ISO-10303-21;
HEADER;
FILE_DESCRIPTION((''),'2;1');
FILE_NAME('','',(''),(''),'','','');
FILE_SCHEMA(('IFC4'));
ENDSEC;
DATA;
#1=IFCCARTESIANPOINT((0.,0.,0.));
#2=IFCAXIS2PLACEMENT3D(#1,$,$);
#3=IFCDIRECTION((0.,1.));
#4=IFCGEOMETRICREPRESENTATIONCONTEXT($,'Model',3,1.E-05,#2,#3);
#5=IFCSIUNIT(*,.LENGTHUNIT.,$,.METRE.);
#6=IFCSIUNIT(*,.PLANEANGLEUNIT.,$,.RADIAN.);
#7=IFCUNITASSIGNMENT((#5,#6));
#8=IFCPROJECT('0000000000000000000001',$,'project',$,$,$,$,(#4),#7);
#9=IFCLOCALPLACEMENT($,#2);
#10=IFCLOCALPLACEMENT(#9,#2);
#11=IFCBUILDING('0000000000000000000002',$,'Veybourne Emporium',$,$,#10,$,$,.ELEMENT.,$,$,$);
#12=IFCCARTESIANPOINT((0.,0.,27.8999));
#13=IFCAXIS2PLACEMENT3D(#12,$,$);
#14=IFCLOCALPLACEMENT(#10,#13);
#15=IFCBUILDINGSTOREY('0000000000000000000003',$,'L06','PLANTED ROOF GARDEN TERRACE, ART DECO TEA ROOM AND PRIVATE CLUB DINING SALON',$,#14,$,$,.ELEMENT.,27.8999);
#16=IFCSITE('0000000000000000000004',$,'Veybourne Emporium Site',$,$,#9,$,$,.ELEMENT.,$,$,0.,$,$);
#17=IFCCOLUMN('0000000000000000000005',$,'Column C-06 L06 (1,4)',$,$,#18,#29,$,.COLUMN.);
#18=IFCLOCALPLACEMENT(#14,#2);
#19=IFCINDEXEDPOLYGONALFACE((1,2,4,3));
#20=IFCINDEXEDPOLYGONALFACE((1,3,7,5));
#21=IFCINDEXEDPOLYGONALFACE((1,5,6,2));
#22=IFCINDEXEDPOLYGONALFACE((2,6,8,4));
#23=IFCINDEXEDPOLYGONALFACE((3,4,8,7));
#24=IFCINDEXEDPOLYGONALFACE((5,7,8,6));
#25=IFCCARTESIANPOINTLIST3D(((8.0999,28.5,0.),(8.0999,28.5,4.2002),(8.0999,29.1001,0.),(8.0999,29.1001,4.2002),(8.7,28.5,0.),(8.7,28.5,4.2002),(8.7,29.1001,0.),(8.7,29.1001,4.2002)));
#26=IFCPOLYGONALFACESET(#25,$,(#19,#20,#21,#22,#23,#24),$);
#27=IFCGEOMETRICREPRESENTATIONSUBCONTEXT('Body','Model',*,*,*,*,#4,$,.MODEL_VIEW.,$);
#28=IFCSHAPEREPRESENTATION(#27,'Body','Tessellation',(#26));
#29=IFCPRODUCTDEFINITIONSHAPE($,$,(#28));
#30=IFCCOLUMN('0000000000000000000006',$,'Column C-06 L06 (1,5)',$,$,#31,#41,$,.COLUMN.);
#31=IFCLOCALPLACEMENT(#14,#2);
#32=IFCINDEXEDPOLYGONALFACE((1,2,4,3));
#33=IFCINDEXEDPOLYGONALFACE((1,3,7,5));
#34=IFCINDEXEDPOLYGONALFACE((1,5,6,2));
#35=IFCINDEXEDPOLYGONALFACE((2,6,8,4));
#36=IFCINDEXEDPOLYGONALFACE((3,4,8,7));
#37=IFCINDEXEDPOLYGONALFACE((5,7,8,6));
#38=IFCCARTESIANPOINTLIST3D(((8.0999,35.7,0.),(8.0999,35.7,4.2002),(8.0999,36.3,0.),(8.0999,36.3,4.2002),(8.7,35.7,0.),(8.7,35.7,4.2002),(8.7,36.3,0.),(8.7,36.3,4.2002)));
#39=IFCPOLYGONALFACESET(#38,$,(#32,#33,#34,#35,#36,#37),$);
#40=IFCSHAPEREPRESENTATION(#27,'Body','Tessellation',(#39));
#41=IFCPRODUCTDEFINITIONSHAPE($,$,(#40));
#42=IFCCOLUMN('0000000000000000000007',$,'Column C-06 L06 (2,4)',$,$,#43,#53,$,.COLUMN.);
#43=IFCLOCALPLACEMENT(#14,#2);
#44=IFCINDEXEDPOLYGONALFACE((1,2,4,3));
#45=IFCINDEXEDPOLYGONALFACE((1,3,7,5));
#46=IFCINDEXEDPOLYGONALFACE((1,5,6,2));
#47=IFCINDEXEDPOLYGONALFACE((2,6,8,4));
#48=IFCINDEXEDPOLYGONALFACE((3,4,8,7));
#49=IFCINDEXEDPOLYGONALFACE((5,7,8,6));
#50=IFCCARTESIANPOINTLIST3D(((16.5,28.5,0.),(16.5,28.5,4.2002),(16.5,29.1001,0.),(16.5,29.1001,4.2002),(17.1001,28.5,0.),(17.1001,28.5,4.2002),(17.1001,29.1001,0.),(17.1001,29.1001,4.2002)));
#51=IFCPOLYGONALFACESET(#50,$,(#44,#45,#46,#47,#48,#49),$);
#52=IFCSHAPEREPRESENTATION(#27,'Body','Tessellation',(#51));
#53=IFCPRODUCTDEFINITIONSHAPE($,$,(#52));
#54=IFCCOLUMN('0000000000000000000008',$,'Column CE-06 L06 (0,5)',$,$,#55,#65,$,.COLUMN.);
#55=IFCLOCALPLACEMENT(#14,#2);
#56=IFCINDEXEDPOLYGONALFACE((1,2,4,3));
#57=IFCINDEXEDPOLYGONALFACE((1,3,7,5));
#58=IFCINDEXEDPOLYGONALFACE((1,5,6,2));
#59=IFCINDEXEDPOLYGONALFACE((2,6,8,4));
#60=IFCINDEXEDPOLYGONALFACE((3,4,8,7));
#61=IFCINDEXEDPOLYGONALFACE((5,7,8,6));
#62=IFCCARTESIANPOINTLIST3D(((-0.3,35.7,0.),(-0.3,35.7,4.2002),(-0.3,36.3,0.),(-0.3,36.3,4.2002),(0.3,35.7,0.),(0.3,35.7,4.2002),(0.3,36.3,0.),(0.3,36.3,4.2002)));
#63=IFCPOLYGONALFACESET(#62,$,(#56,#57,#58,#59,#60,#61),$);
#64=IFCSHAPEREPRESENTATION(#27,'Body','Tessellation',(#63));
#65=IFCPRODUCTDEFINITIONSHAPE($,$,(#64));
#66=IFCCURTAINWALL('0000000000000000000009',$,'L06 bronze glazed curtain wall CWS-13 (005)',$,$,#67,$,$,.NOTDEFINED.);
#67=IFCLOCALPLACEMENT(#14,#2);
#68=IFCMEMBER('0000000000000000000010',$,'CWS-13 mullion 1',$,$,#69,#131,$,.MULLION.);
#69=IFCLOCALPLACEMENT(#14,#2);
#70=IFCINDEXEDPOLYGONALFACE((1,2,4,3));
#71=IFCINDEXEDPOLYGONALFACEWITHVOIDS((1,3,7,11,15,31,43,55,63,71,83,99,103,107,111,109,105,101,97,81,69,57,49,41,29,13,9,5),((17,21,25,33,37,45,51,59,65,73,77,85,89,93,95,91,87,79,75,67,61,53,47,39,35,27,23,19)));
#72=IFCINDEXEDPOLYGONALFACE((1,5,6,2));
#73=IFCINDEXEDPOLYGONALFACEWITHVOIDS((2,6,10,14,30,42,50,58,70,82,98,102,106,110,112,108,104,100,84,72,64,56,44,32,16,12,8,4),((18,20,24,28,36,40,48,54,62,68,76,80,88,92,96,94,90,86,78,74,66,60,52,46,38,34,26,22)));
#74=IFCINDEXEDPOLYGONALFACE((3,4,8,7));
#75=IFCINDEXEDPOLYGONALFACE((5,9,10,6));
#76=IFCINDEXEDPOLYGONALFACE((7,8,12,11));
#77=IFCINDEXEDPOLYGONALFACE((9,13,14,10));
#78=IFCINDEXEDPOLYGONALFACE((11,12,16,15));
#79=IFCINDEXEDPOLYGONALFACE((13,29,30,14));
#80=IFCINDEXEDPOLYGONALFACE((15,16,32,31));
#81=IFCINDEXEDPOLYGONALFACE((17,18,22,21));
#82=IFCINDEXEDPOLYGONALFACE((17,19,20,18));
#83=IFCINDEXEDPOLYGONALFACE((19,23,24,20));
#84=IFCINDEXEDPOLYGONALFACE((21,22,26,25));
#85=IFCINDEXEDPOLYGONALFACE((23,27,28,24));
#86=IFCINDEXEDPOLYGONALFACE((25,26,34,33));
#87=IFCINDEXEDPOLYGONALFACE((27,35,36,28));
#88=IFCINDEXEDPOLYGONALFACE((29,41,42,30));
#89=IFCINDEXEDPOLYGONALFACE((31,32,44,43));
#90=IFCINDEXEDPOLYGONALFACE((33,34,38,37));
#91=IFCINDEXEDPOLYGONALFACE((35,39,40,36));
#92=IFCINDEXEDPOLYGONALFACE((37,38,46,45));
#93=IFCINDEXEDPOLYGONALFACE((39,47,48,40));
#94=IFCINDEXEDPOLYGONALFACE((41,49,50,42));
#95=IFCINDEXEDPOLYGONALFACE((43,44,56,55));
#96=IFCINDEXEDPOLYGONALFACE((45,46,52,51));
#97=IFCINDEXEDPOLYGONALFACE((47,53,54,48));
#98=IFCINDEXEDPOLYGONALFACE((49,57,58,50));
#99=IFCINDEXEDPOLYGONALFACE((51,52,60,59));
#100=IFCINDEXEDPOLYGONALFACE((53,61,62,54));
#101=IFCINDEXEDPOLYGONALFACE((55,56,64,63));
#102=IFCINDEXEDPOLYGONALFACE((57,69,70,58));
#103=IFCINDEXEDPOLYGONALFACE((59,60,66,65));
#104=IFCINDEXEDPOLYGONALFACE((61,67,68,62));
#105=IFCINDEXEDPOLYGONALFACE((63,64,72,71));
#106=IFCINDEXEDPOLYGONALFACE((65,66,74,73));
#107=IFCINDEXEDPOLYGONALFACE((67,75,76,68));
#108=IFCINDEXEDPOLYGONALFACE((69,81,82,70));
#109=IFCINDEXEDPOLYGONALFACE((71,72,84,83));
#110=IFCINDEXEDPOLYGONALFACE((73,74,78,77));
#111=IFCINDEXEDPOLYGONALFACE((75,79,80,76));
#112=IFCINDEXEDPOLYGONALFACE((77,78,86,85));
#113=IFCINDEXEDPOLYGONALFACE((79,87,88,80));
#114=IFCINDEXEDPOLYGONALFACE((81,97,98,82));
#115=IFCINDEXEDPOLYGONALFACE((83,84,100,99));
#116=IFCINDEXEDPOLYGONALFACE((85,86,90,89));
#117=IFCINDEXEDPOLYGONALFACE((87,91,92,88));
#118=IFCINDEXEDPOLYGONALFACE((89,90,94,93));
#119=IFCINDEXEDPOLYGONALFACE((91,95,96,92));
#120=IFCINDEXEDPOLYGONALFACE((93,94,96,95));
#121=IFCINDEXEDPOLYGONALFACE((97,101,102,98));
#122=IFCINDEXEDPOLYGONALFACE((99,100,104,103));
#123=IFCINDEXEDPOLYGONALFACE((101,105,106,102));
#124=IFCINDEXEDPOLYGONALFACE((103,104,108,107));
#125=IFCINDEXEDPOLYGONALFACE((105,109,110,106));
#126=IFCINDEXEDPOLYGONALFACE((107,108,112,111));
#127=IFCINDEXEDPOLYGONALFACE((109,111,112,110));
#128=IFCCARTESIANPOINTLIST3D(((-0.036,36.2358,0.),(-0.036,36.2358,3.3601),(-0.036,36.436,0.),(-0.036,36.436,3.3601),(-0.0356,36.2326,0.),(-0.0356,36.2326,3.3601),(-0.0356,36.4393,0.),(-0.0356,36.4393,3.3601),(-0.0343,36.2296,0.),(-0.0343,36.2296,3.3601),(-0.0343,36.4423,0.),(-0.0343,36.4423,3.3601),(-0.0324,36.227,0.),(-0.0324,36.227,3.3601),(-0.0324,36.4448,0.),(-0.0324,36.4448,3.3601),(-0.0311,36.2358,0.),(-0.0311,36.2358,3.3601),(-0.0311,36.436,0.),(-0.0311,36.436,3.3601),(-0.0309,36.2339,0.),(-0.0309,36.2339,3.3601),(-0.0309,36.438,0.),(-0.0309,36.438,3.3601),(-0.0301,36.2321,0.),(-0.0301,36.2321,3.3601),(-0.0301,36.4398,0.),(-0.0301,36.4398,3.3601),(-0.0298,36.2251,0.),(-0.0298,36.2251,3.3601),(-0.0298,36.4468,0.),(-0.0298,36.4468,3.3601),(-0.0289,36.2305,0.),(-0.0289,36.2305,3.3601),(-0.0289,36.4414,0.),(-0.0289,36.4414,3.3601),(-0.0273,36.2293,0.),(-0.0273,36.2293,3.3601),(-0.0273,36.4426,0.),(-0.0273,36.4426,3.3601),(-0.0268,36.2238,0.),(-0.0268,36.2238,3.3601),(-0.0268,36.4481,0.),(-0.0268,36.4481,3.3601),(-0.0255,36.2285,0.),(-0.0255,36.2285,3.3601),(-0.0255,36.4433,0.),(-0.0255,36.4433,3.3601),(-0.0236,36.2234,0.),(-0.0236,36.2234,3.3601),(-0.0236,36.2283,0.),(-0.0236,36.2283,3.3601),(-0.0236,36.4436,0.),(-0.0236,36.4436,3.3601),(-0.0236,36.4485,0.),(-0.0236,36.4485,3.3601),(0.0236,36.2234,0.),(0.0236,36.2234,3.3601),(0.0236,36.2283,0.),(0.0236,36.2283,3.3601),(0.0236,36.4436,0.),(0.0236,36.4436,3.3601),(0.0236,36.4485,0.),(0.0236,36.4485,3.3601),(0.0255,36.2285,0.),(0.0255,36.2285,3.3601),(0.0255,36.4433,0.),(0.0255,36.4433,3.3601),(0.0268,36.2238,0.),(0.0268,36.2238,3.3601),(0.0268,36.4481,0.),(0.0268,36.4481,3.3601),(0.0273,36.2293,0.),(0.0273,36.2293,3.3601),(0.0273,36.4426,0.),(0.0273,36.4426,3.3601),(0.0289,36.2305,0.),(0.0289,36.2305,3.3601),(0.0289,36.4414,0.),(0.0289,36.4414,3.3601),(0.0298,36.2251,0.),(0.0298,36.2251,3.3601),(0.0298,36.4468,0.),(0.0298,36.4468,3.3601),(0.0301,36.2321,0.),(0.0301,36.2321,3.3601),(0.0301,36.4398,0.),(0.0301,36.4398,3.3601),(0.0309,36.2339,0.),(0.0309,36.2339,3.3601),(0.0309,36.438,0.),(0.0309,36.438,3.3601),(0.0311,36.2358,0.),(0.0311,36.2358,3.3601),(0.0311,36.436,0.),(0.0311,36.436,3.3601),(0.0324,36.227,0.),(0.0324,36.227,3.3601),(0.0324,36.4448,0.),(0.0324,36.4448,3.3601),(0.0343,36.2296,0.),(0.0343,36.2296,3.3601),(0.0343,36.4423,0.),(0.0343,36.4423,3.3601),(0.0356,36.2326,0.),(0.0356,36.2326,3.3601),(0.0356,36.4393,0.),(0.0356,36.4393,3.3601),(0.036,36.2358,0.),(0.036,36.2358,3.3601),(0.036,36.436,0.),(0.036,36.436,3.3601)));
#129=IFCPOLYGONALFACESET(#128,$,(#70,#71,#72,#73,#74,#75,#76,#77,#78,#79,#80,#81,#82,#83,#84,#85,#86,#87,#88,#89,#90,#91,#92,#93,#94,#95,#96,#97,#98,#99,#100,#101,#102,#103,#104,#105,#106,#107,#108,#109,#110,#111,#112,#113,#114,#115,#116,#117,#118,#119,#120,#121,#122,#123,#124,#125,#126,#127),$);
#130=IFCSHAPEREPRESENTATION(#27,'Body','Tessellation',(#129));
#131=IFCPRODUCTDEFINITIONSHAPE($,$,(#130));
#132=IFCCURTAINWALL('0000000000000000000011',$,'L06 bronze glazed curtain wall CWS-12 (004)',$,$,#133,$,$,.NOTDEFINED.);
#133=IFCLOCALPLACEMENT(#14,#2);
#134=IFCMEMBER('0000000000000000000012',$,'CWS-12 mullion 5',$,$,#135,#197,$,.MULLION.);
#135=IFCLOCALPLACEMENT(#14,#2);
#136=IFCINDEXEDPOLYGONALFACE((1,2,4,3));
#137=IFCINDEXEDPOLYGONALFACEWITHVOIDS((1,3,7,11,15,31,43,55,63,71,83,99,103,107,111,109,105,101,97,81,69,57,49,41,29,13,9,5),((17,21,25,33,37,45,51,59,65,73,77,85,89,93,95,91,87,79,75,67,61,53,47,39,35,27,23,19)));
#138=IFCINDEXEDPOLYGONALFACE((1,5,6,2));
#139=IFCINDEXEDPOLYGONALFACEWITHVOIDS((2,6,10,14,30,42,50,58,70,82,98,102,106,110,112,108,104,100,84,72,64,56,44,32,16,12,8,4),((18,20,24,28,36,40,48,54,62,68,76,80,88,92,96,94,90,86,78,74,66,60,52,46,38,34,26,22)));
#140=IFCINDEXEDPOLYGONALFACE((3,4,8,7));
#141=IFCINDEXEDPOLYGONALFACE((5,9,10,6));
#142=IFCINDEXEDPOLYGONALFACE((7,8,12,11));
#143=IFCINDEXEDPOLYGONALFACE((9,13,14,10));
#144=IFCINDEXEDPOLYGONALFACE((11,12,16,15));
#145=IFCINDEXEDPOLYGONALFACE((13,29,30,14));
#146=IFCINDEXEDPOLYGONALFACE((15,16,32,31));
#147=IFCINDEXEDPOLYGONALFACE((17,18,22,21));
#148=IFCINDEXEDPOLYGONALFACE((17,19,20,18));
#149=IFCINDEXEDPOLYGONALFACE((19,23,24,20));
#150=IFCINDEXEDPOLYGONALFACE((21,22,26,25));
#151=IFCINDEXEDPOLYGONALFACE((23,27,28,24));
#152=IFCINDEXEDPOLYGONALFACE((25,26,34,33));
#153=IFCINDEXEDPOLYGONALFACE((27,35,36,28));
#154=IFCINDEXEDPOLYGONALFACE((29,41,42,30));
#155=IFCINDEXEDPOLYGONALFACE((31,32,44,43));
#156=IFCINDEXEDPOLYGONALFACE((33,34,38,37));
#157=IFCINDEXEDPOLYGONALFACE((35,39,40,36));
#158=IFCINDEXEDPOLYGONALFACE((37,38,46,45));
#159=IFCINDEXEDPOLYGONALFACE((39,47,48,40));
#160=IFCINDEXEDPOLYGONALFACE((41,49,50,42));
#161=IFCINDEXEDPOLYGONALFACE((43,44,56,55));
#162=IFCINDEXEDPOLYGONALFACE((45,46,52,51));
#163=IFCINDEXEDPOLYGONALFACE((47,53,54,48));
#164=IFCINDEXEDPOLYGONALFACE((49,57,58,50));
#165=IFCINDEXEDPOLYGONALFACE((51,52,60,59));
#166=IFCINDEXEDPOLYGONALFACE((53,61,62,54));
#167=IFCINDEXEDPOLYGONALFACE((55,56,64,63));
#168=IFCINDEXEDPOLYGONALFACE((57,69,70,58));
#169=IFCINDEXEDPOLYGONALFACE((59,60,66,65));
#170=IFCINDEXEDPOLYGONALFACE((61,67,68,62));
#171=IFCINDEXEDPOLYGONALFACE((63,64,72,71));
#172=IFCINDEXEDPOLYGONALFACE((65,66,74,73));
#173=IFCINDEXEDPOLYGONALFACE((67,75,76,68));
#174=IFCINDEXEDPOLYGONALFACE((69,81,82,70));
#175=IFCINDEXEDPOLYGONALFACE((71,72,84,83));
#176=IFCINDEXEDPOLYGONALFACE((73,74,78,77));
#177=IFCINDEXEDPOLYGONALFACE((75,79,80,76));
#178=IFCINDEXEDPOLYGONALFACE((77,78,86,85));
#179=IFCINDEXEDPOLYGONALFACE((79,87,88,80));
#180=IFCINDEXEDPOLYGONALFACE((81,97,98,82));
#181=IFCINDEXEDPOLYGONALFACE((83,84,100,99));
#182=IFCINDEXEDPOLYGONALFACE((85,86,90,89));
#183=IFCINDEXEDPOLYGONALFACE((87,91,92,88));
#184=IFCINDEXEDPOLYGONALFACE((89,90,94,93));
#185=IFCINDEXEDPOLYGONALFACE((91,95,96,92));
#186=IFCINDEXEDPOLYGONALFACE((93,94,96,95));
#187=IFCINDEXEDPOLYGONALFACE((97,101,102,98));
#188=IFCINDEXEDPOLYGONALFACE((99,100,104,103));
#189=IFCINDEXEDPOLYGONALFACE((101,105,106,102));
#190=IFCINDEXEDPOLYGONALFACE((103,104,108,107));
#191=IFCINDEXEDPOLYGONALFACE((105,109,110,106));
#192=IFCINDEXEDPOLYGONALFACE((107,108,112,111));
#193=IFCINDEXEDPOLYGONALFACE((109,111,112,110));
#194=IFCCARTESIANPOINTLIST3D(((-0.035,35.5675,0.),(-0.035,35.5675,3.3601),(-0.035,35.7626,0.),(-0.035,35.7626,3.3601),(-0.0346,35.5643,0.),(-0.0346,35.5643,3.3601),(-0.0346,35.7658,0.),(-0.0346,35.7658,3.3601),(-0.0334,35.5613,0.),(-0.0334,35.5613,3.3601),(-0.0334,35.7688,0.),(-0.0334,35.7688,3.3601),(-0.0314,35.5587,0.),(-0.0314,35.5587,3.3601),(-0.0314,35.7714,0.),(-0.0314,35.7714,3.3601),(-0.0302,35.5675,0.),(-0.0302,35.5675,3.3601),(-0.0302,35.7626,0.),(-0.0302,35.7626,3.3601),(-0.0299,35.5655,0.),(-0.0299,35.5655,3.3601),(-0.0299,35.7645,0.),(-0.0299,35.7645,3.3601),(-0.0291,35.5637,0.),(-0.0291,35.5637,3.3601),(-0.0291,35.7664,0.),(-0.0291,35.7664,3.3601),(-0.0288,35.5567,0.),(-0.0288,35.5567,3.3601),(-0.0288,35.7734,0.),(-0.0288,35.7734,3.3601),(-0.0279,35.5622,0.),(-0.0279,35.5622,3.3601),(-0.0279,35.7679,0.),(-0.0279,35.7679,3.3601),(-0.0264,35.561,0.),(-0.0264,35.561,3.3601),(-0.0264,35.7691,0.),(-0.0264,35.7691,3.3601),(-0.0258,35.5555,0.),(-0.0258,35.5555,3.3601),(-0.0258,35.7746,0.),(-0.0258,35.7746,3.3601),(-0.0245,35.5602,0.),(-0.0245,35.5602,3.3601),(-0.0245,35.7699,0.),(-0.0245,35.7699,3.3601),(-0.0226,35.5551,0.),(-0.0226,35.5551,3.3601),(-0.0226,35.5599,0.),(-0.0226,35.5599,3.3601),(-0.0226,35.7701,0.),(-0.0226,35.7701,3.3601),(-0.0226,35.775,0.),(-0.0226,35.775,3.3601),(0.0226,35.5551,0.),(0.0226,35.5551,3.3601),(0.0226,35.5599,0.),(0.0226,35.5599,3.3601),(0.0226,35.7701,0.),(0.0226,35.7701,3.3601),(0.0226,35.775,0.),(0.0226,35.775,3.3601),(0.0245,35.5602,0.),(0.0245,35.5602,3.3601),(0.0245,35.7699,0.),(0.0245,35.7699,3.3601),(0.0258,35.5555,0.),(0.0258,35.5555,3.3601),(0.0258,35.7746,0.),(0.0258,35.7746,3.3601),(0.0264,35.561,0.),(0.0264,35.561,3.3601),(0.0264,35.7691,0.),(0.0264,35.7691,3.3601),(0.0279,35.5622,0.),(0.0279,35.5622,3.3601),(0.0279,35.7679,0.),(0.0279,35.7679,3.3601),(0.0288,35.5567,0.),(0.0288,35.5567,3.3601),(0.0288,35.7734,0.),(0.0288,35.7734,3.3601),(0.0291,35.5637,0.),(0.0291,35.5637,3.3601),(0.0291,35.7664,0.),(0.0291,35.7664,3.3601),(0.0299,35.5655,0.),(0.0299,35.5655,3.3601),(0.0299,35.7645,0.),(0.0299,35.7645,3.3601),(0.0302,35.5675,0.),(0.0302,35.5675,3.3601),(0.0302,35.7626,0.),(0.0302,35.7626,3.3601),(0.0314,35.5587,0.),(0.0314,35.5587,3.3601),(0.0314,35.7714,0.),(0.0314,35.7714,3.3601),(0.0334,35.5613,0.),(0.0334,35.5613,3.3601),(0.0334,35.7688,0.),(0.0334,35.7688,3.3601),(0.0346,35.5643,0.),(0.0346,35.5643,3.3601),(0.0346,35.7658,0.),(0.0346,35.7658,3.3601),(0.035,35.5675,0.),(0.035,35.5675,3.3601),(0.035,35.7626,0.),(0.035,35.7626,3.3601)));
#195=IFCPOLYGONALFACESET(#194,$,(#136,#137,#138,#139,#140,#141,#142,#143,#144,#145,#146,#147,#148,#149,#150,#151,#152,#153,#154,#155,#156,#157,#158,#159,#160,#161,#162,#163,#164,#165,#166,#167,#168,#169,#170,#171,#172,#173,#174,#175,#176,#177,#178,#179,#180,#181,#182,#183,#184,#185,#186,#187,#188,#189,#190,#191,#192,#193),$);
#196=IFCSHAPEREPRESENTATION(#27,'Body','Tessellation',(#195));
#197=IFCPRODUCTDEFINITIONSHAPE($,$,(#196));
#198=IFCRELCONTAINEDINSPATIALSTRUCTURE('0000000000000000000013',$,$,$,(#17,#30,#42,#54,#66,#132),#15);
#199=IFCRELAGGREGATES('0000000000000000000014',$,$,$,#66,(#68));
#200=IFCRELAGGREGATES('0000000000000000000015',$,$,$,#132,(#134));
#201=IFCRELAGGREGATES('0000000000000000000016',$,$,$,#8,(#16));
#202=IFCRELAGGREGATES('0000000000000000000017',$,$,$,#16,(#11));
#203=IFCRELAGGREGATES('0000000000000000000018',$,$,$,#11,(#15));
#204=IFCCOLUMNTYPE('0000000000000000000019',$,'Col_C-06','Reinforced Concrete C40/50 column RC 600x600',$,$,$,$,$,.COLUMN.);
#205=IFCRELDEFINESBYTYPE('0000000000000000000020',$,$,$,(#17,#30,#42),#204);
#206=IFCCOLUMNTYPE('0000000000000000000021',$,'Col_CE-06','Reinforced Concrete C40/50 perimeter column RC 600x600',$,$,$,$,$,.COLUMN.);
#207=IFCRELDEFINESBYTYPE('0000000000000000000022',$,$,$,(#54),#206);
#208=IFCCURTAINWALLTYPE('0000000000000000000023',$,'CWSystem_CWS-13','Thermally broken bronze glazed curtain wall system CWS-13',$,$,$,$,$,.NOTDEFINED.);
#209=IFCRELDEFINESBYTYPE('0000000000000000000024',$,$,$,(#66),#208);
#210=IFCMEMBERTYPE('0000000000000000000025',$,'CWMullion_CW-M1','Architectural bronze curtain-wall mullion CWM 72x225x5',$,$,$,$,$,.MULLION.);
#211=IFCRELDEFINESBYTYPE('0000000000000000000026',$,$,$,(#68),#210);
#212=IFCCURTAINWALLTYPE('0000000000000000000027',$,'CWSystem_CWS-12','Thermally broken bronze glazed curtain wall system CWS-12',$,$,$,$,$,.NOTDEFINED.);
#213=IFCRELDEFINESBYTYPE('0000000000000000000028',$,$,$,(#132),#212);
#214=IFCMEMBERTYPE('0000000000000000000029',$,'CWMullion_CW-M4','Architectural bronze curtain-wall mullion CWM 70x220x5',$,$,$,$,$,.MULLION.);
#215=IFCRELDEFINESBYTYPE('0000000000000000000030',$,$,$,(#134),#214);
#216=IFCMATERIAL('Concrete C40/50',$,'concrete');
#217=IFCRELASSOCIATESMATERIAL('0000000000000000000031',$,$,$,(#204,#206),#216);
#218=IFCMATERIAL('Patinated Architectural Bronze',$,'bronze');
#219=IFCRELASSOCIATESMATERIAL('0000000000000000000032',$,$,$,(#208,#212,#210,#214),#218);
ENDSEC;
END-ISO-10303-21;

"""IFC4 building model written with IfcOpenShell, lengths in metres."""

from ifc_helpers import new_model, si_unit, direction, frame, origin, origin_2d, place, context, subcontext, project, spatial, rectangle, hollow_rectangle, extrude, material, material_profile, profile_set, type_object, element, aggregate, save


model = new_model("IFC4")

# Units and contexts
model_context = context("Model", 3, precision=1e-05, world=origin(), true_north=direction((0.0, 1.0)))
body_context = subcontext(model_context, "Body", "Model", "MODEL_VIEW")
ifc_project = project(units=[si_unit("LENGTHUNIT", "METRE"), si_unit("PLANEANGLEUNIT", "RADIAN")], contexts=[model_context])

# Site, building, storey
site_placement = place(None, origin())
site = spatial("IfcSite", under=ifc_project, at=site_placement, Name="Veybourne Emporium Site", CompositionType="ELEMENT", RefElevation=0.0)
building_placement = place(site_placement, origin())
building = spatial("IfcBuilding", under=site, at=building_placement, Name="Veybourne Emporium", CompositionType="ELEMENT")
storey_placement = place(building_placement, frame((0.0, 0.0, 27.8999)))
storey = spatial("IfcBuildingStorey", under=building, at=storey_placement, Name="L06", Description="PLANTED ROOF GARDEN TERRACE, ART DECO TEA ROOM AND PRIVATE CLUB DINING SALON", CompositionType="ELEMENT", Elevation=27.8999)

# Columns
ifc_material_1 = material(Name="Concrete C40/50", Category="concrete")
ifc_material_profile_1 = material_profile(ifc_material_1, rectangle(XDim=0.6001, YDim=0.6001, at=origin_2d()), Name="RC 600x600")
ifc_profile_set_1 = profile_set([ifc_material_profile_1], Name="Concrete C40/50")
column_type_1 = type_object("IfcColumnType", Name="Col_C-06", Description="Reinforced Concrete C40/50 column RC 600x600", PredefinedType="COLUMN", material=ifc_profile_set_1)
for number, where, z_axis, x_axis, name in (
    (1, (8.3999, 28.8, 0.0), (0.0, 0.0, 1.0), (1.0, 0.0, 0.0), "Column C-06 L06 (1,4)"),
    (2, (8.3999, 36.0, 0.0), (0.0, 0.0, 1.0), (1.0, 0.0, 0.0), "Column C-06 L06 (1,5)"),
    (3, (16.8, 28.8, 0.0), (0.0, 0.0, 1.0), (1.0, 0.0, 0.0), "Column C-06 L06 (2,4)"),
):
    element("IfcColumn", number, at=place(storey_placement, frame(where, z_axis=z_axis, x_axis=x_axis)), inside=storey, type_object=column_type_1, Name=name, PredefinedType="COLUMN", context=body_context, shape_type="SweptSolid", body=[
        extrude(rectangle(XDim=0.6001, YDim=0.6001, at=origin_2d()), origin(), (0.0, 0.0, 1.0), 4.2002),
    ])
ifc_material_profile_2 = material_profile(ifc_material_1, rectangle(XDim=0.6001, YDim=0.6001, at=origin_2d()), Name="RC 600x600")
ifc_profile_set_2 = profile_set([ifc_material_profile_2], Name="Concrete C40/50")
column_type_2 = type_object("IfcColumnType", Name="Col_CE-06", Description="Reinforced Concrete C40/50 perimeter column RC 600x600", PredefinedType="COLUMN", material=ifc_profile_set_2)
column_placement = place(storey_placement, frame((0.0, 36.0, 0.0), z_axis=(0.0, 0.0, 1.0), x_axis=(1.0, 0.0, 0.0)))
element("IfcColumn", 4, at=column_placement, inside=storey, type_object=column_type_2, Name="Column CE-06 L06 (0,5)", PredefinedType="COLUMN", context=body_context, shape_type="SweptSolid", body=[
    extrude(rectangle(XDim=0.6001, YDim=0.6001, at=origin_2d()), origin(), (0.0, 0.0, 1.0), 4.2002),
])

# Curtain walls, members
ifc_material_2 = material(Name="Patinated Architectural Bronze", Category="bronze")
curtain_wall_type_1 = type_object("IfcCurtainWallType", Name="CWSystem_CWS-13", Description="Thermally broken bronze glazed curtain wall system CWS-13", PredefinedType="NOTDEFINED", material=ifc_material_2)
curtain_wall_1_placement = place(storey_placement, origin())
curtain_wall_1 = element("IfcCurtainWall", 5, at=curtain_wall_1_placement, inside=storey, type_object=curtain_wall_type_1, Name="L06 bronze glazed curtain wall CWS-13 (005)", PredefinedType="NOTDEFINED")
ifc_material_profile_3 = material_profile(ifc_material_2, hollow_rectangle(XDim=0.072, YDim=0.2251, WallThickness=0.0049, InnerFilletRadius=0.0076, OuterFilletRadius=0.0125, at=origin_2d()), Name="CWM 72x225x5")
ifc_profile_set_3 = profile_set([ifc_material_profile_3], Name="Patinated Architectural Bronze")
member_type_1 = type_object("IfcMemberType", Name="CWMullion_CW-M1", Description="Architectural bronze curtain-wall mullion CWM 72x225x5", PredefinedType="MULLION", material=ifc_profile_set_3)
member_1_placement = place(storey_placement, frame((0.0, 36.3359, 0.0), z_axis=(0.0, 0.0, 1.0), x_axis=(-1.0, 0.0, 0.0)))
member_1 = element("IfcMember", 6, at=member_1_placement, type_object=member_type_1, Name="CWS-13 mullion 1", PredefinedType="MULLION", context=body_context, shape_type="SweptSolid", body=[
    extrude(hollow_rectangle(XDim=0.072, YDim=0.2251, WallThickness=0.0049, InnerFilletRadius=0.0076, OuterFilletRadius=0.0125, at=origin_2d()), origin(), (0.0, 0.0, 1.0), 3.3601),
])
curtain_wall_type_2 = type_object("IfcCurtainWallType", Name="CWSystem_CWS-12", Description="Thermally broken bronze glazed curtain wall system CWS-12", PredefinedType="NOTDEFINED", material=ifc_material_2)
curtain_wall_2_placement = place(storey_placement, origin())
curtain_wall_2 = element("IfcCurtainWall", 7, at=curtain_wall_2_placement, inside=storey, type_object=curtain_wall_type_2, Name="L06 bronze glazed curtain wall CWS-12 (004)", PredefinedType="NOTDEFINED")
ifc_material_profile_4 = material_profile(ifc_material_2, hollow_rectangle(XDim=0.0701, YDim=0.22, WallThickness=0.0049, InnerFilletRadius=0.0076, OuterFilletRadius=0.0125, at=origin_2d()), Name="CWM 70x220x5")
ifc_profile_set_4 = profile_set([ifc_material_profile_4], Name="Patinated Architectural Bronze")
member_type_2 = type_object("IfcMemberType", Name="CWMullion_CW-M4", Description="Architectural bronze curtain-wall mullion CWM 70x220x5", PredefinedType="MULLION", material=ifc_profile_set_4)
member_2_placement = place(storey_placement, frame((0.0, 35.665, 0.0), z_axis=(0.0, 0.0, 1.0), x_axis=(-1.0, 0.0, 0.0)))
member_2 = element("IfcMember", 8, at=member_2_placement, type_object=member_type_2, Name="CWS-12 mullion 5", PredefinedType="MULLION", context=body_context, shape_type="SweptSolid", body=[
    extrude(hollow_rectangle(XDim=0.0701, YDim=0.22, WallThickness=0.0049, InnerFilletRadius=0.0076, OuterFilletRadius=0.0125, at=origin_2d()), origin(), (0.0, 0.0, 1.0), 3.3601),
])

aggregate(curtain_wall_1, [member_1])

aggregate(curtain_wall_2, [member_2])

save(model, "model.ifc")
